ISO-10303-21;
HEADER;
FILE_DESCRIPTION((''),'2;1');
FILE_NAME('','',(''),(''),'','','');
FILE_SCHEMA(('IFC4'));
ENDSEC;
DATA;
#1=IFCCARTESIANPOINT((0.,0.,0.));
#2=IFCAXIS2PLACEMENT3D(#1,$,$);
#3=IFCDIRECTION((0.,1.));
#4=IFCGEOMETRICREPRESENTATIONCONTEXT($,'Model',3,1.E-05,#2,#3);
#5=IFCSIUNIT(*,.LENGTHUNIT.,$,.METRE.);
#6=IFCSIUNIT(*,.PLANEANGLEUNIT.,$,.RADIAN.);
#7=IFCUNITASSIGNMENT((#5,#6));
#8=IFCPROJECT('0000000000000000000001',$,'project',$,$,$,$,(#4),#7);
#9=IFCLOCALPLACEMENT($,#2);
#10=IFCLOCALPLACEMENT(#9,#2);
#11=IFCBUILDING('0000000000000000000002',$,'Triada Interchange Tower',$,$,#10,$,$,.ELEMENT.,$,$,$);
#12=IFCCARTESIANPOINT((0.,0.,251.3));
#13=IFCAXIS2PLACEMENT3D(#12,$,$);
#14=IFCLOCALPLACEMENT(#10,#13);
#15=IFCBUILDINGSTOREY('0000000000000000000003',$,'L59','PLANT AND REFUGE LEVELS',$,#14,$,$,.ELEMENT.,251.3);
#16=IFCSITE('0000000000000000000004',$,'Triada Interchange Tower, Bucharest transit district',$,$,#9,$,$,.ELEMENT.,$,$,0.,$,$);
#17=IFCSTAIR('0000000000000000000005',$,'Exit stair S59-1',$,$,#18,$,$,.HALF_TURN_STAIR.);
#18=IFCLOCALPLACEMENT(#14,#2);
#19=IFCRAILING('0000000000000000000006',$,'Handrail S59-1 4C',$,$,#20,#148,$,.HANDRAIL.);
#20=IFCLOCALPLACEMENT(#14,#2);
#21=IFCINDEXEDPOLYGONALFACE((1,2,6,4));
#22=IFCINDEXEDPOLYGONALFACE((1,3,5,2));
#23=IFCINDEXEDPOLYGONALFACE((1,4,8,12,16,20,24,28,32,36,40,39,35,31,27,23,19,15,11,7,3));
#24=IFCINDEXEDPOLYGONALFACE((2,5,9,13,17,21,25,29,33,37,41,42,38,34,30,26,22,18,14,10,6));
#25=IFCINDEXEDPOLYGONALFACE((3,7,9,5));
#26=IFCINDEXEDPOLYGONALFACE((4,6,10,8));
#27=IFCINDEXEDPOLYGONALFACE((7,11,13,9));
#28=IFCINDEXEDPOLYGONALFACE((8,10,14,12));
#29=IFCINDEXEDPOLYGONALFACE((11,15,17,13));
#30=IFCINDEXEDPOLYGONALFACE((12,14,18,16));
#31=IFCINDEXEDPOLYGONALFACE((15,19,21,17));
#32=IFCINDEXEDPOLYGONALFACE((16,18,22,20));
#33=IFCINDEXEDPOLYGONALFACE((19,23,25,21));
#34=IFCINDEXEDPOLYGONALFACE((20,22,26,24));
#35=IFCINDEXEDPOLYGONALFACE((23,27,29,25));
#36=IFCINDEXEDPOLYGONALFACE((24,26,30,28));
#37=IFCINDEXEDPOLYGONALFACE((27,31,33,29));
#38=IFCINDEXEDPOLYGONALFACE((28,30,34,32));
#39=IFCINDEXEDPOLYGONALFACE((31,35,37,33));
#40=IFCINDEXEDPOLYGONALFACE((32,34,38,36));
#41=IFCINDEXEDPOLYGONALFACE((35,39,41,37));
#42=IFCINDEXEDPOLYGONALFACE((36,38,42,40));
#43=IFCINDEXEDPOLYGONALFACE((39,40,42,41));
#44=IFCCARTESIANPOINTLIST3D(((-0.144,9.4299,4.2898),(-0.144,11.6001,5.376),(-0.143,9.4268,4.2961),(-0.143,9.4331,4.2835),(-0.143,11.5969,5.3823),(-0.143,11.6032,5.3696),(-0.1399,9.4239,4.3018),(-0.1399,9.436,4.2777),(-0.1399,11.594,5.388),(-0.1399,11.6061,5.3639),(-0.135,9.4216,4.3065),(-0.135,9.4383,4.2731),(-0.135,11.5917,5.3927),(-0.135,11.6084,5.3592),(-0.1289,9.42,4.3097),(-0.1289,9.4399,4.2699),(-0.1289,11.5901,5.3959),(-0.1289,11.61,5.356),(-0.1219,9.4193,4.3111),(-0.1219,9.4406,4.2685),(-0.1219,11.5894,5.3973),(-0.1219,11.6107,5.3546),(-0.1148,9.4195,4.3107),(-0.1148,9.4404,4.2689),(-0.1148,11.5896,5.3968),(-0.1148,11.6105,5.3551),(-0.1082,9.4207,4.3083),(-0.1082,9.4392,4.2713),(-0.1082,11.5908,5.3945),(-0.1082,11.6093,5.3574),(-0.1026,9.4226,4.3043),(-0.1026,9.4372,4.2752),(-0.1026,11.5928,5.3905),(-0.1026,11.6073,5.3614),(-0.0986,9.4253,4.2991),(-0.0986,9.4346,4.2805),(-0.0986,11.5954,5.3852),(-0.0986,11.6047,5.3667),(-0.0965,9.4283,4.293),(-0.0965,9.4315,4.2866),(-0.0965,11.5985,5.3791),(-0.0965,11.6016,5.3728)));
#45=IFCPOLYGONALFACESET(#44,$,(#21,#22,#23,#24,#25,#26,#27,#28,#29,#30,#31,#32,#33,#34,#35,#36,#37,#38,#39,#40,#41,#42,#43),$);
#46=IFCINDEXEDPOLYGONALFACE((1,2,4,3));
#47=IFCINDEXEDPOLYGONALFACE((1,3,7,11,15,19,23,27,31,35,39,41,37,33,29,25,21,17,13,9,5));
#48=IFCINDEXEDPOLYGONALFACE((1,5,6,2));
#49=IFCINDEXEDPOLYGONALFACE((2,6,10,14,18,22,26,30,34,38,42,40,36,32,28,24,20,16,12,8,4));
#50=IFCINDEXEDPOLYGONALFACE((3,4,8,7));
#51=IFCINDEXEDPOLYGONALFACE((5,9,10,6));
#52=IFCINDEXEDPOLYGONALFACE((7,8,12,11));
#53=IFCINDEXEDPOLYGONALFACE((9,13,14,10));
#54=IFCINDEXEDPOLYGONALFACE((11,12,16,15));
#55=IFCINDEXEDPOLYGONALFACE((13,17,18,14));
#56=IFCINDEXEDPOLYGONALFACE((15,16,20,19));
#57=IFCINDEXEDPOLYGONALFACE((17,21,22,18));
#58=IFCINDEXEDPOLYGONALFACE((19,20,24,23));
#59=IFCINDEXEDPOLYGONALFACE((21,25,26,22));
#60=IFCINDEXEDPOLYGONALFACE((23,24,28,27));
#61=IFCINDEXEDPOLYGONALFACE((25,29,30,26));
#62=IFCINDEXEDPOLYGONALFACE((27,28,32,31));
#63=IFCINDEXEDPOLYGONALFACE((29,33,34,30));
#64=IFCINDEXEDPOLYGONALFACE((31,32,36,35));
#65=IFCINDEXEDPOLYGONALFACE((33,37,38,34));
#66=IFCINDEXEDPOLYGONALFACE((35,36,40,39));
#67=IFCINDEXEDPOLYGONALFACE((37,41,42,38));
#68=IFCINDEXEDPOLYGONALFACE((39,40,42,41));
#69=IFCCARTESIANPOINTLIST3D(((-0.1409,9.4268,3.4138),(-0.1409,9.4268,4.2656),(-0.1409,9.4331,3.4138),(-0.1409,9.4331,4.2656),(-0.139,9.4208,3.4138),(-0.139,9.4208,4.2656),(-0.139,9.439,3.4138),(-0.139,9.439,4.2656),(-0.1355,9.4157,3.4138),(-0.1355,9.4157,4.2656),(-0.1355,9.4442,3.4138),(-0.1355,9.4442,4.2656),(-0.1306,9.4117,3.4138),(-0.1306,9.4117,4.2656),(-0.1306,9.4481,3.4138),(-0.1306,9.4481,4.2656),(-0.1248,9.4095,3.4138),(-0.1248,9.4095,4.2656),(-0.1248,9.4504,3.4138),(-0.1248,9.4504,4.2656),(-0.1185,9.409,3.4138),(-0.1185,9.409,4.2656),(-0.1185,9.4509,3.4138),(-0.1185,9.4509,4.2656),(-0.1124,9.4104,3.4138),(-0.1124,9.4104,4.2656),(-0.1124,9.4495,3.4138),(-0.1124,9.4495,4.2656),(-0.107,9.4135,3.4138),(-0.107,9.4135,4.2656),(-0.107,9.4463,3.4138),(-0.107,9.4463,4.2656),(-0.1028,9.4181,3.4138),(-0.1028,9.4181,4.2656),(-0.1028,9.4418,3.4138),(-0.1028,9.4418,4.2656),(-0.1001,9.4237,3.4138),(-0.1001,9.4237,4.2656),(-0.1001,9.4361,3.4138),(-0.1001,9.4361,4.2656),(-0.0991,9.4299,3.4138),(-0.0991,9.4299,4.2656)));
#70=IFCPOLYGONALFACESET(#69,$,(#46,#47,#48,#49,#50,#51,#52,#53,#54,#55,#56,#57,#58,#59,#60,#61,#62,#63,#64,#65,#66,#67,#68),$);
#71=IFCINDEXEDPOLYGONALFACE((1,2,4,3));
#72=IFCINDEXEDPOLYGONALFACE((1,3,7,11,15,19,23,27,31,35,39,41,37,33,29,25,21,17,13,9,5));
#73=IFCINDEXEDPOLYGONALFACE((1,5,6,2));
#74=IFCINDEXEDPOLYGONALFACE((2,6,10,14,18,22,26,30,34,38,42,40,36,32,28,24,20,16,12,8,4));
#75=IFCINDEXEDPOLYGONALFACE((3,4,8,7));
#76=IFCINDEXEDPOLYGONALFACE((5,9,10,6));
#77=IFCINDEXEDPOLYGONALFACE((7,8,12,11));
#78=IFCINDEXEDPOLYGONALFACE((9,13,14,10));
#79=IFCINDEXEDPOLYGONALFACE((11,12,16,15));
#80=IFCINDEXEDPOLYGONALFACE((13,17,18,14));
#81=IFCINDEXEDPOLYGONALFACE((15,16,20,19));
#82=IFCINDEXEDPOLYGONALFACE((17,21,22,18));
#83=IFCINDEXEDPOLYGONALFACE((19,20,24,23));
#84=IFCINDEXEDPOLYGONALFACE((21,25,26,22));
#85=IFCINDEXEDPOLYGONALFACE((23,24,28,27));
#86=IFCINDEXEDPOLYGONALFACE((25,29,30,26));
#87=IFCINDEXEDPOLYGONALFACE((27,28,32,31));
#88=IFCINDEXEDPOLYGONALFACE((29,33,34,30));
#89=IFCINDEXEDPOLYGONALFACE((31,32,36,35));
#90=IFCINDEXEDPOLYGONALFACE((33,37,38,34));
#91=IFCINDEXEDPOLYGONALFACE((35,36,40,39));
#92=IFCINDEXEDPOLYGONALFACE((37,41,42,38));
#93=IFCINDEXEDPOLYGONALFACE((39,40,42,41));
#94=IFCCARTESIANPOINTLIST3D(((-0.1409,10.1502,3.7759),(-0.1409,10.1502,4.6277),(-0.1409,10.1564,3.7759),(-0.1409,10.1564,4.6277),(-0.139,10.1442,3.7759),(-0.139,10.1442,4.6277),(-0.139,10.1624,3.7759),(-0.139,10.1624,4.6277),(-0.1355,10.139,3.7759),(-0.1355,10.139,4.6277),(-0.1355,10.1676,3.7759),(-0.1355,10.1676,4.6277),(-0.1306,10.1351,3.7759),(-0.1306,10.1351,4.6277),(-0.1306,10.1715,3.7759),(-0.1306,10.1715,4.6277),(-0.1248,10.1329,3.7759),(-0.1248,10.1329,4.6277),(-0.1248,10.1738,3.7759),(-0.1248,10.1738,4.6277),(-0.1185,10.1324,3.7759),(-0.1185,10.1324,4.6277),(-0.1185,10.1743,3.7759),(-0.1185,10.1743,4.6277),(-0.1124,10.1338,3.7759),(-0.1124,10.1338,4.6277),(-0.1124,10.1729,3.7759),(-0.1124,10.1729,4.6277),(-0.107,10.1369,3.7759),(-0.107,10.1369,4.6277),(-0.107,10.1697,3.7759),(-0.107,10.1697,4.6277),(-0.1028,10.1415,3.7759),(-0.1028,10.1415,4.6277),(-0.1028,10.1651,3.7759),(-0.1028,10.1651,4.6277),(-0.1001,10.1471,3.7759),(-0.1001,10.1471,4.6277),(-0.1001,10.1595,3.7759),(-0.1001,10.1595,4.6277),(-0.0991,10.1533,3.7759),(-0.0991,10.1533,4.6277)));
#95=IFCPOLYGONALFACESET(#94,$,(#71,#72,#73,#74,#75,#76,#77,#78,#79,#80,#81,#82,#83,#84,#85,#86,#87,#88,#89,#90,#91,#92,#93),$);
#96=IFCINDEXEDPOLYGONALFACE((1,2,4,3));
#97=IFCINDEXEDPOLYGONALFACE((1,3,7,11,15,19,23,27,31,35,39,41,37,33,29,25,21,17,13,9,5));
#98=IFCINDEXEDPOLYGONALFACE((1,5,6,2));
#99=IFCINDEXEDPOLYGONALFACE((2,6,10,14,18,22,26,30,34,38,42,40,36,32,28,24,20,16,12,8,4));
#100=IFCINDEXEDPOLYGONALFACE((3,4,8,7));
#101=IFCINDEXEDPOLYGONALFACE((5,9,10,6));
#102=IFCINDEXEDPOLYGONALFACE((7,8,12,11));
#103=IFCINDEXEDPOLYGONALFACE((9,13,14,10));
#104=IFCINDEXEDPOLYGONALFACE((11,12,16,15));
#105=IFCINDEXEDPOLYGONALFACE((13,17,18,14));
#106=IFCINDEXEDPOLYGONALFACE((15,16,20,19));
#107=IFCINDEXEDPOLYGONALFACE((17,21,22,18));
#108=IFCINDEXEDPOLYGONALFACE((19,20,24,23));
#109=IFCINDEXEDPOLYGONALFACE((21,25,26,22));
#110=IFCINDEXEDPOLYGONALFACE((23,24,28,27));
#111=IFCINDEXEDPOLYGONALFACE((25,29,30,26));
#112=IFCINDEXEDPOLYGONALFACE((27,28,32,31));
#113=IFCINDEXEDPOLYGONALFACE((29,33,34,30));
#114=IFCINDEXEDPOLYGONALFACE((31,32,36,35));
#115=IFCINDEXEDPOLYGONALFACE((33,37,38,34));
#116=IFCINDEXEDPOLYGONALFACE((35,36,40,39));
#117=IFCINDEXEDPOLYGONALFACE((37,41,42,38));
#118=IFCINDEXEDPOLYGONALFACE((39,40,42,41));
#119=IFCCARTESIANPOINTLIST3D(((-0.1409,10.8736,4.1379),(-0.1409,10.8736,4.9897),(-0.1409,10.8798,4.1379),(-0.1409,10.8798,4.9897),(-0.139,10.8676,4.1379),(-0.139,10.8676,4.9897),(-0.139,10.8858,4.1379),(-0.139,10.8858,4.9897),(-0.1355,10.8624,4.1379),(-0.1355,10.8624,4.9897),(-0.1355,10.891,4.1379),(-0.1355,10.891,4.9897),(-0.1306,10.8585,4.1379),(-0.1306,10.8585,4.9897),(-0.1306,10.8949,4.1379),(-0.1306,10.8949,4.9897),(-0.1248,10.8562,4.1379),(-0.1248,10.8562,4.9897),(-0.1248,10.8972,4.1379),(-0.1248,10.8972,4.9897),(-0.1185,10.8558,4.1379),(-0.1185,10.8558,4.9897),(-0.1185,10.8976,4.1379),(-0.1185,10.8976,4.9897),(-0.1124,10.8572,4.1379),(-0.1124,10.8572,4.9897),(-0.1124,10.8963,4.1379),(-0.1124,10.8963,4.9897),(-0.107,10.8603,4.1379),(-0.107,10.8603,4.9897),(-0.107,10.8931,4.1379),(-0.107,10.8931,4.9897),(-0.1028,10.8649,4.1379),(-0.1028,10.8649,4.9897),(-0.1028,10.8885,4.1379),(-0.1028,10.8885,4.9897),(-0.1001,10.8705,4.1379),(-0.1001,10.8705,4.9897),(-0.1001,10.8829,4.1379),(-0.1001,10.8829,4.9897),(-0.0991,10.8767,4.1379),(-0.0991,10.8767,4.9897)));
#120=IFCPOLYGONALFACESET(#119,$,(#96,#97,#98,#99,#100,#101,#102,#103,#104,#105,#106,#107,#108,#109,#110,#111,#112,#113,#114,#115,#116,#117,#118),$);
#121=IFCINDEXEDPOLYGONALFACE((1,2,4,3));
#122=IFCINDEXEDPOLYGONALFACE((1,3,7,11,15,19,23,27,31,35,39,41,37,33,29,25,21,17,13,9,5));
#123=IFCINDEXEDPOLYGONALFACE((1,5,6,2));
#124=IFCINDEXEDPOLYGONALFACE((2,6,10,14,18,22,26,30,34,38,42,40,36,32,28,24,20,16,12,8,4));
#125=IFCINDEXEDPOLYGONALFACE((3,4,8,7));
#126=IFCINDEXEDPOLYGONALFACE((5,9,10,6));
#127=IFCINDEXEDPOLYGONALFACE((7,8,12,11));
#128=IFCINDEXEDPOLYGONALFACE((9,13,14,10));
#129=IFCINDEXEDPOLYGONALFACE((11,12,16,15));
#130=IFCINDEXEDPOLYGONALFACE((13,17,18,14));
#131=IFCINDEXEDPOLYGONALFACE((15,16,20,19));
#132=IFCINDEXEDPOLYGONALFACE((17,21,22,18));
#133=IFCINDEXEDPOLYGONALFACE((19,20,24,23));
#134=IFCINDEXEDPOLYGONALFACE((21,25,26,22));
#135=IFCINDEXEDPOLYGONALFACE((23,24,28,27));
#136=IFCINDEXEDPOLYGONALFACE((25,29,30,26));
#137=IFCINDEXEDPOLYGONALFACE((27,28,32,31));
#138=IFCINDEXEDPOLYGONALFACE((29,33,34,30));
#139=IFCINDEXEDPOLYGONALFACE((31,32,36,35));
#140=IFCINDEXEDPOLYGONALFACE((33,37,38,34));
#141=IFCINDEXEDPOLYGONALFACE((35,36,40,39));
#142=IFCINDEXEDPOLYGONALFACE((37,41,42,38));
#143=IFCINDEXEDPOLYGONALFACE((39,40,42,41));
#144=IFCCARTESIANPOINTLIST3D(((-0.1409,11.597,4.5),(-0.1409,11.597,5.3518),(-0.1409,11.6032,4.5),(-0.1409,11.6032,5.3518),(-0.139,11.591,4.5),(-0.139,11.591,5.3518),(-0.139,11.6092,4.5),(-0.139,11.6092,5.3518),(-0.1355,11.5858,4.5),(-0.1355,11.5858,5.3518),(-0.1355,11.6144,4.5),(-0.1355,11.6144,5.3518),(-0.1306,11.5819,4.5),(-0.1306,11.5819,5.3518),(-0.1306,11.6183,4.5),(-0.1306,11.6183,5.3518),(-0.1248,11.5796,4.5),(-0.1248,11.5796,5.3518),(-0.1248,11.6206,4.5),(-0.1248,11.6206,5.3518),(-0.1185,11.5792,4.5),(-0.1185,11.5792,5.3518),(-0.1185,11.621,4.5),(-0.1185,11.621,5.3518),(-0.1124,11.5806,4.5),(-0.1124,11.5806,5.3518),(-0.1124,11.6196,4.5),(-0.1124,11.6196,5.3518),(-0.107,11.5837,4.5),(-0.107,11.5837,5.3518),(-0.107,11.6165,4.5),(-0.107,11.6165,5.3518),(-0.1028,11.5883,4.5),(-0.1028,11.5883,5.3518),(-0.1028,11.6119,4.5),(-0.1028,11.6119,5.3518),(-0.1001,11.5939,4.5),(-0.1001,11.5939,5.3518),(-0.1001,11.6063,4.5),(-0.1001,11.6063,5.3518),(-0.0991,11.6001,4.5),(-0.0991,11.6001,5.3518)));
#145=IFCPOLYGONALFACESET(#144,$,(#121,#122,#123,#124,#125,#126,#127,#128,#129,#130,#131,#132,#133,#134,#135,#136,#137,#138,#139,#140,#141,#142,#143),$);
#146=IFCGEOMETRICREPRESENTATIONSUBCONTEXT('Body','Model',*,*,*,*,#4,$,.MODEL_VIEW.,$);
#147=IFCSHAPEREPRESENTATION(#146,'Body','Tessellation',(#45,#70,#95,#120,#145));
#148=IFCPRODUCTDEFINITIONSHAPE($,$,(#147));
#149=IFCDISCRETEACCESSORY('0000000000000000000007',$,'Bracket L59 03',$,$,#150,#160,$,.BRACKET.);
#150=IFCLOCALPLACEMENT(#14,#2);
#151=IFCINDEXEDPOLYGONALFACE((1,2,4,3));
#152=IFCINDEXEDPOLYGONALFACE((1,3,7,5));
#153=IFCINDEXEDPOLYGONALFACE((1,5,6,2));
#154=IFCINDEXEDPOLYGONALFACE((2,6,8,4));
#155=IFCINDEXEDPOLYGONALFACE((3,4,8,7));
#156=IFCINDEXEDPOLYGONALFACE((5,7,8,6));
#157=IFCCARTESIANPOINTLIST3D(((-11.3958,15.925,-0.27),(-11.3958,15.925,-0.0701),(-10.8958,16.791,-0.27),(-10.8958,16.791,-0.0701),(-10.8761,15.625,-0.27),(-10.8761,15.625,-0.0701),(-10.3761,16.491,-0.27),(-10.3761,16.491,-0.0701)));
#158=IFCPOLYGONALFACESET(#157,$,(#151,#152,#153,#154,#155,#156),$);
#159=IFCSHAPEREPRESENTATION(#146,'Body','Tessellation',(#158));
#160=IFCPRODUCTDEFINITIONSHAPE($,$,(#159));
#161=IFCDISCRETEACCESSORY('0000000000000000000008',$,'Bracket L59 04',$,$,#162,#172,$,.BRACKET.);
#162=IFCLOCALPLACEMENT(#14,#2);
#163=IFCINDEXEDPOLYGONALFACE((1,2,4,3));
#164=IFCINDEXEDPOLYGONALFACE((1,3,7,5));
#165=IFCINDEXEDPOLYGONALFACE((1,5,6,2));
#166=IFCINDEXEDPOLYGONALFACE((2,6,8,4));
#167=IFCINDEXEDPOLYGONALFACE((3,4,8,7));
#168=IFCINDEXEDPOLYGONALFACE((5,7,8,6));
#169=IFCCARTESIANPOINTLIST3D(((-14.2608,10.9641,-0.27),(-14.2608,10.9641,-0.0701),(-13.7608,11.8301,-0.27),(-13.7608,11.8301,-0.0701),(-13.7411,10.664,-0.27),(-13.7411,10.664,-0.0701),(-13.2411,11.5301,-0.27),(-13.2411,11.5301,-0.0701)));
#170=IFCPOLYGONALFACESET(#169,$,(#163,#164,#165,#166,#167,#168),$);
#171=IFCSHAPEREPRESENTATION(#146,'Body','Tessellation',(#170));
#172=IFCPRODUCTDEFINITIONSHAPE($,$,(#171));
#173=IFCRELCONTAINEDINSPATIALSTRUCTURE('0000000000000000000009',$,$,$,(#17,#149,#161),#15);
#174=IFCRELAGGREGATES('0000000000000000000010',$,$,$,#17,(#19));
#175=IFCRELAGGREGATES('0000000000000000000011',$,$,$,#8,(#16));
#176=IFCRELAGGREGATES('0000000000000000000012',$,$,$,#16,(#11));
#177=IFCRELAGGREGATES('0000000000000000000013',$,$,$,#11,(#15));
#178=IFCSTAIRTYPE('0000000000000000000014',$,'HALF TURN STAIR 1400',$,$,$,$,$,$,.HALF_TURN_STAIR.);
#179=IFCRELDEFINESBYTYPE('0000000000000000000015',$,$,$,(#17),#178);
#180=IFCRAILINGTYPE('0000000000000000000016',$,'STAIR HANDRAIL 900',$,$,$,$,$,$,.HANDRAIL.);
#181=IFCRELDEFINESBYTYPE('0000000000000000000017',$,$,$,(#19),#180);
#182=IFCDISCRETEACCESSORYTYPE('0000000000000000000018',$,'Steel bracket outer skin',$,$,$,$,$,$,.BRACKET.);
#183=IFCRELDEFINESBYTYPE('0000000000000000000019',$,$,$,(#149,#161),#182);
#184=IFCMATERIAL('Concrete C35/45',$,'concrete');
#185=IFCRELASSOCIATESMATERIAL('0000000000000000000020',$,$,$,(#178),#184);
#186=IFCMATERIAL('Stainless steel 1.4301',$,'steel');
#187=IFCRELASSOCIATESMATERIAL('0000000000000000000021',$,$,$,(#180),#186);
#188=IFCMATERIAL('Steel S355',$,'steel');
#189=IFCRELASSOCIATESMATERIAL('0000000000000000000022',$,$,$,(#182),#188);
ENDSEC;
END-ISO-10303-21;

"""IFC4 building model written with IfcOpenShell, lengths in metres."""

from ifc_helpers import new_model, si_unit, direction, frame, origin, origin_2d, place, context, subcontext, project, spatial, rectangle, circle, extrude, material, type_object, element, aggregate, save


model = new_model("IFC4")

# Units and contexts
model_context = context("Model", 3, precision=1e-05, world=origin(), true_north=direction((0.0, 1.0)))
body_context = subcontext(model_context, "Body", "Model", "MODEL_VIEW")
ifc_project = project(units=[si_unit("LENGTHUNIT", "METRE"), si_unit("PLANEANGLEUNIT", "RADIAN")], contexts=[model_context])

# Site, building, storey
site_placement = place(None, origin())
site = spatial("IfcSite", under=ifc_project, at=site_placement, Name="Triada Interchange Tower, Bucharest transit district", CompositionType="ELEMENT", RefElevation=0.0)
building_placement = place(site_placement, origin())
building = spatial("IfcBuilding", under=site, at=building_placement, Name="Triada Interchange Tower", CompositionType="ELEMENT")
storey_placement = place(building_placement, frame((0.0, 0.0, 251.3)))
storey = spatial("IfcBuildingStorey", under=building, at=storey_placement, Name="L59", Description="PLANT AND REFUGE LEVELS", CompositionType="ELEMENT", Elevation=251.3)

# Shared definitions
ifc_material_1 = material(Name="Steel S355", Category="steel")

# Stair
ifc_material_2 = material(Name="Concrete C35/45", Category="concrete")
stair_type = type_object("IfcStairType", Name="HALF TURN STAIR 1400", PredefinedType="HALF_TURN_STAIR", material=ifc_material_2)
stair_placement = place(storey_placement, origin())
stair = element("IfcStair", 1, at=stair_placement, inside=storey, type_object=stair_type, Name="Exit stair S59-1", PredefinedType="HALF_TURN_STAIR")

# Railing
ifc_material_3 = material(Name="Stainless steel 1.4301", Category="steel")
railing_type = type_object("IfcRailingType", Name="STAIR HANDRAIL 900", PredefinedType="HANDRAIL", material=ifc_material_3)
railing_1_placement = place(storey_placement, frame((-0.1201, 9.4299, 3.4138)))
railing_1 = element("IfcRailing", 2, at=railing_1_placement, type_object=railing_type, Name="Handrail S59-1 4C", PredefinedType="HANDRAIL", context=body_context, shape_type="SweptSolid", body=[
    extrude(circle(Radius=0.0239, at=origin_2d()), frame((0.0, 0.0, 0.876), z_axis=(0.0, 0.894246, 0.447576), x_axis=(-1.0, 0.0, 0.0)), (0.0, 0.0, 1.0), 2.4268),
    extrude(circle(Radius=0.021, at=origin_2d()), origin(), (0.0, 0.0, 1.0), 0.8518),
    extrude(circle(Radius=0.021, at=origin_2d()), frame((0.0, 0.7234, 0.3621)), (0.0, 0.0, 1.0), 0.8518),
    extrude(circle(Radius=0.021, at=origin_2d()), frame((0.0, 1.4468, 0.7241)), (0.0, 0.0, 1.0), 0.8518),
    extrude(circle(Radius=0.021, at=origin_2d()), frame((0.0, 2.1702, 1.0862)), (0.0, 0.0, 1.0), 0.8518),
])
aggregate(stair, [railing_1])

# Discrete accessories
discrete_accessory_type = type_object("IfcDiscreteAccessoryType", Name="Steel bracket outer skin", PredefinedType="BRACKET", material=ifc_material_1)
for number, where, z_axis, x_axis, name in (
    (3, (-10.886, 16.208, -0.27), (0.0, 0.0, 1.0), (-0.866024, 0.500002, 0.0), "Bracket L59 03"),
    (4, (-13.751, 11.2471, -0.27), (0.0, 0.0, 1.0), (-0.866024, 0.500002, 0.0), "Bracket L59 04"),
):
    element("IfcDiscreteAccessory", number, at=place(storey_placement, frame(where, z_axis=z_axis, x_axis=x_axis)), inside=storey, type_object=discrete_accessory_type, Name=name, PredefinedType="BRACKET", context=body_context, shape_type="SweptSolid", body=[
        extrude(rectangle(XDim=0.6001, YDim=1.0, at=origin_2d()), origin(), (0.0, 0.0, 1.0), 0.2),
    ])

save(model, "model.ifc")
